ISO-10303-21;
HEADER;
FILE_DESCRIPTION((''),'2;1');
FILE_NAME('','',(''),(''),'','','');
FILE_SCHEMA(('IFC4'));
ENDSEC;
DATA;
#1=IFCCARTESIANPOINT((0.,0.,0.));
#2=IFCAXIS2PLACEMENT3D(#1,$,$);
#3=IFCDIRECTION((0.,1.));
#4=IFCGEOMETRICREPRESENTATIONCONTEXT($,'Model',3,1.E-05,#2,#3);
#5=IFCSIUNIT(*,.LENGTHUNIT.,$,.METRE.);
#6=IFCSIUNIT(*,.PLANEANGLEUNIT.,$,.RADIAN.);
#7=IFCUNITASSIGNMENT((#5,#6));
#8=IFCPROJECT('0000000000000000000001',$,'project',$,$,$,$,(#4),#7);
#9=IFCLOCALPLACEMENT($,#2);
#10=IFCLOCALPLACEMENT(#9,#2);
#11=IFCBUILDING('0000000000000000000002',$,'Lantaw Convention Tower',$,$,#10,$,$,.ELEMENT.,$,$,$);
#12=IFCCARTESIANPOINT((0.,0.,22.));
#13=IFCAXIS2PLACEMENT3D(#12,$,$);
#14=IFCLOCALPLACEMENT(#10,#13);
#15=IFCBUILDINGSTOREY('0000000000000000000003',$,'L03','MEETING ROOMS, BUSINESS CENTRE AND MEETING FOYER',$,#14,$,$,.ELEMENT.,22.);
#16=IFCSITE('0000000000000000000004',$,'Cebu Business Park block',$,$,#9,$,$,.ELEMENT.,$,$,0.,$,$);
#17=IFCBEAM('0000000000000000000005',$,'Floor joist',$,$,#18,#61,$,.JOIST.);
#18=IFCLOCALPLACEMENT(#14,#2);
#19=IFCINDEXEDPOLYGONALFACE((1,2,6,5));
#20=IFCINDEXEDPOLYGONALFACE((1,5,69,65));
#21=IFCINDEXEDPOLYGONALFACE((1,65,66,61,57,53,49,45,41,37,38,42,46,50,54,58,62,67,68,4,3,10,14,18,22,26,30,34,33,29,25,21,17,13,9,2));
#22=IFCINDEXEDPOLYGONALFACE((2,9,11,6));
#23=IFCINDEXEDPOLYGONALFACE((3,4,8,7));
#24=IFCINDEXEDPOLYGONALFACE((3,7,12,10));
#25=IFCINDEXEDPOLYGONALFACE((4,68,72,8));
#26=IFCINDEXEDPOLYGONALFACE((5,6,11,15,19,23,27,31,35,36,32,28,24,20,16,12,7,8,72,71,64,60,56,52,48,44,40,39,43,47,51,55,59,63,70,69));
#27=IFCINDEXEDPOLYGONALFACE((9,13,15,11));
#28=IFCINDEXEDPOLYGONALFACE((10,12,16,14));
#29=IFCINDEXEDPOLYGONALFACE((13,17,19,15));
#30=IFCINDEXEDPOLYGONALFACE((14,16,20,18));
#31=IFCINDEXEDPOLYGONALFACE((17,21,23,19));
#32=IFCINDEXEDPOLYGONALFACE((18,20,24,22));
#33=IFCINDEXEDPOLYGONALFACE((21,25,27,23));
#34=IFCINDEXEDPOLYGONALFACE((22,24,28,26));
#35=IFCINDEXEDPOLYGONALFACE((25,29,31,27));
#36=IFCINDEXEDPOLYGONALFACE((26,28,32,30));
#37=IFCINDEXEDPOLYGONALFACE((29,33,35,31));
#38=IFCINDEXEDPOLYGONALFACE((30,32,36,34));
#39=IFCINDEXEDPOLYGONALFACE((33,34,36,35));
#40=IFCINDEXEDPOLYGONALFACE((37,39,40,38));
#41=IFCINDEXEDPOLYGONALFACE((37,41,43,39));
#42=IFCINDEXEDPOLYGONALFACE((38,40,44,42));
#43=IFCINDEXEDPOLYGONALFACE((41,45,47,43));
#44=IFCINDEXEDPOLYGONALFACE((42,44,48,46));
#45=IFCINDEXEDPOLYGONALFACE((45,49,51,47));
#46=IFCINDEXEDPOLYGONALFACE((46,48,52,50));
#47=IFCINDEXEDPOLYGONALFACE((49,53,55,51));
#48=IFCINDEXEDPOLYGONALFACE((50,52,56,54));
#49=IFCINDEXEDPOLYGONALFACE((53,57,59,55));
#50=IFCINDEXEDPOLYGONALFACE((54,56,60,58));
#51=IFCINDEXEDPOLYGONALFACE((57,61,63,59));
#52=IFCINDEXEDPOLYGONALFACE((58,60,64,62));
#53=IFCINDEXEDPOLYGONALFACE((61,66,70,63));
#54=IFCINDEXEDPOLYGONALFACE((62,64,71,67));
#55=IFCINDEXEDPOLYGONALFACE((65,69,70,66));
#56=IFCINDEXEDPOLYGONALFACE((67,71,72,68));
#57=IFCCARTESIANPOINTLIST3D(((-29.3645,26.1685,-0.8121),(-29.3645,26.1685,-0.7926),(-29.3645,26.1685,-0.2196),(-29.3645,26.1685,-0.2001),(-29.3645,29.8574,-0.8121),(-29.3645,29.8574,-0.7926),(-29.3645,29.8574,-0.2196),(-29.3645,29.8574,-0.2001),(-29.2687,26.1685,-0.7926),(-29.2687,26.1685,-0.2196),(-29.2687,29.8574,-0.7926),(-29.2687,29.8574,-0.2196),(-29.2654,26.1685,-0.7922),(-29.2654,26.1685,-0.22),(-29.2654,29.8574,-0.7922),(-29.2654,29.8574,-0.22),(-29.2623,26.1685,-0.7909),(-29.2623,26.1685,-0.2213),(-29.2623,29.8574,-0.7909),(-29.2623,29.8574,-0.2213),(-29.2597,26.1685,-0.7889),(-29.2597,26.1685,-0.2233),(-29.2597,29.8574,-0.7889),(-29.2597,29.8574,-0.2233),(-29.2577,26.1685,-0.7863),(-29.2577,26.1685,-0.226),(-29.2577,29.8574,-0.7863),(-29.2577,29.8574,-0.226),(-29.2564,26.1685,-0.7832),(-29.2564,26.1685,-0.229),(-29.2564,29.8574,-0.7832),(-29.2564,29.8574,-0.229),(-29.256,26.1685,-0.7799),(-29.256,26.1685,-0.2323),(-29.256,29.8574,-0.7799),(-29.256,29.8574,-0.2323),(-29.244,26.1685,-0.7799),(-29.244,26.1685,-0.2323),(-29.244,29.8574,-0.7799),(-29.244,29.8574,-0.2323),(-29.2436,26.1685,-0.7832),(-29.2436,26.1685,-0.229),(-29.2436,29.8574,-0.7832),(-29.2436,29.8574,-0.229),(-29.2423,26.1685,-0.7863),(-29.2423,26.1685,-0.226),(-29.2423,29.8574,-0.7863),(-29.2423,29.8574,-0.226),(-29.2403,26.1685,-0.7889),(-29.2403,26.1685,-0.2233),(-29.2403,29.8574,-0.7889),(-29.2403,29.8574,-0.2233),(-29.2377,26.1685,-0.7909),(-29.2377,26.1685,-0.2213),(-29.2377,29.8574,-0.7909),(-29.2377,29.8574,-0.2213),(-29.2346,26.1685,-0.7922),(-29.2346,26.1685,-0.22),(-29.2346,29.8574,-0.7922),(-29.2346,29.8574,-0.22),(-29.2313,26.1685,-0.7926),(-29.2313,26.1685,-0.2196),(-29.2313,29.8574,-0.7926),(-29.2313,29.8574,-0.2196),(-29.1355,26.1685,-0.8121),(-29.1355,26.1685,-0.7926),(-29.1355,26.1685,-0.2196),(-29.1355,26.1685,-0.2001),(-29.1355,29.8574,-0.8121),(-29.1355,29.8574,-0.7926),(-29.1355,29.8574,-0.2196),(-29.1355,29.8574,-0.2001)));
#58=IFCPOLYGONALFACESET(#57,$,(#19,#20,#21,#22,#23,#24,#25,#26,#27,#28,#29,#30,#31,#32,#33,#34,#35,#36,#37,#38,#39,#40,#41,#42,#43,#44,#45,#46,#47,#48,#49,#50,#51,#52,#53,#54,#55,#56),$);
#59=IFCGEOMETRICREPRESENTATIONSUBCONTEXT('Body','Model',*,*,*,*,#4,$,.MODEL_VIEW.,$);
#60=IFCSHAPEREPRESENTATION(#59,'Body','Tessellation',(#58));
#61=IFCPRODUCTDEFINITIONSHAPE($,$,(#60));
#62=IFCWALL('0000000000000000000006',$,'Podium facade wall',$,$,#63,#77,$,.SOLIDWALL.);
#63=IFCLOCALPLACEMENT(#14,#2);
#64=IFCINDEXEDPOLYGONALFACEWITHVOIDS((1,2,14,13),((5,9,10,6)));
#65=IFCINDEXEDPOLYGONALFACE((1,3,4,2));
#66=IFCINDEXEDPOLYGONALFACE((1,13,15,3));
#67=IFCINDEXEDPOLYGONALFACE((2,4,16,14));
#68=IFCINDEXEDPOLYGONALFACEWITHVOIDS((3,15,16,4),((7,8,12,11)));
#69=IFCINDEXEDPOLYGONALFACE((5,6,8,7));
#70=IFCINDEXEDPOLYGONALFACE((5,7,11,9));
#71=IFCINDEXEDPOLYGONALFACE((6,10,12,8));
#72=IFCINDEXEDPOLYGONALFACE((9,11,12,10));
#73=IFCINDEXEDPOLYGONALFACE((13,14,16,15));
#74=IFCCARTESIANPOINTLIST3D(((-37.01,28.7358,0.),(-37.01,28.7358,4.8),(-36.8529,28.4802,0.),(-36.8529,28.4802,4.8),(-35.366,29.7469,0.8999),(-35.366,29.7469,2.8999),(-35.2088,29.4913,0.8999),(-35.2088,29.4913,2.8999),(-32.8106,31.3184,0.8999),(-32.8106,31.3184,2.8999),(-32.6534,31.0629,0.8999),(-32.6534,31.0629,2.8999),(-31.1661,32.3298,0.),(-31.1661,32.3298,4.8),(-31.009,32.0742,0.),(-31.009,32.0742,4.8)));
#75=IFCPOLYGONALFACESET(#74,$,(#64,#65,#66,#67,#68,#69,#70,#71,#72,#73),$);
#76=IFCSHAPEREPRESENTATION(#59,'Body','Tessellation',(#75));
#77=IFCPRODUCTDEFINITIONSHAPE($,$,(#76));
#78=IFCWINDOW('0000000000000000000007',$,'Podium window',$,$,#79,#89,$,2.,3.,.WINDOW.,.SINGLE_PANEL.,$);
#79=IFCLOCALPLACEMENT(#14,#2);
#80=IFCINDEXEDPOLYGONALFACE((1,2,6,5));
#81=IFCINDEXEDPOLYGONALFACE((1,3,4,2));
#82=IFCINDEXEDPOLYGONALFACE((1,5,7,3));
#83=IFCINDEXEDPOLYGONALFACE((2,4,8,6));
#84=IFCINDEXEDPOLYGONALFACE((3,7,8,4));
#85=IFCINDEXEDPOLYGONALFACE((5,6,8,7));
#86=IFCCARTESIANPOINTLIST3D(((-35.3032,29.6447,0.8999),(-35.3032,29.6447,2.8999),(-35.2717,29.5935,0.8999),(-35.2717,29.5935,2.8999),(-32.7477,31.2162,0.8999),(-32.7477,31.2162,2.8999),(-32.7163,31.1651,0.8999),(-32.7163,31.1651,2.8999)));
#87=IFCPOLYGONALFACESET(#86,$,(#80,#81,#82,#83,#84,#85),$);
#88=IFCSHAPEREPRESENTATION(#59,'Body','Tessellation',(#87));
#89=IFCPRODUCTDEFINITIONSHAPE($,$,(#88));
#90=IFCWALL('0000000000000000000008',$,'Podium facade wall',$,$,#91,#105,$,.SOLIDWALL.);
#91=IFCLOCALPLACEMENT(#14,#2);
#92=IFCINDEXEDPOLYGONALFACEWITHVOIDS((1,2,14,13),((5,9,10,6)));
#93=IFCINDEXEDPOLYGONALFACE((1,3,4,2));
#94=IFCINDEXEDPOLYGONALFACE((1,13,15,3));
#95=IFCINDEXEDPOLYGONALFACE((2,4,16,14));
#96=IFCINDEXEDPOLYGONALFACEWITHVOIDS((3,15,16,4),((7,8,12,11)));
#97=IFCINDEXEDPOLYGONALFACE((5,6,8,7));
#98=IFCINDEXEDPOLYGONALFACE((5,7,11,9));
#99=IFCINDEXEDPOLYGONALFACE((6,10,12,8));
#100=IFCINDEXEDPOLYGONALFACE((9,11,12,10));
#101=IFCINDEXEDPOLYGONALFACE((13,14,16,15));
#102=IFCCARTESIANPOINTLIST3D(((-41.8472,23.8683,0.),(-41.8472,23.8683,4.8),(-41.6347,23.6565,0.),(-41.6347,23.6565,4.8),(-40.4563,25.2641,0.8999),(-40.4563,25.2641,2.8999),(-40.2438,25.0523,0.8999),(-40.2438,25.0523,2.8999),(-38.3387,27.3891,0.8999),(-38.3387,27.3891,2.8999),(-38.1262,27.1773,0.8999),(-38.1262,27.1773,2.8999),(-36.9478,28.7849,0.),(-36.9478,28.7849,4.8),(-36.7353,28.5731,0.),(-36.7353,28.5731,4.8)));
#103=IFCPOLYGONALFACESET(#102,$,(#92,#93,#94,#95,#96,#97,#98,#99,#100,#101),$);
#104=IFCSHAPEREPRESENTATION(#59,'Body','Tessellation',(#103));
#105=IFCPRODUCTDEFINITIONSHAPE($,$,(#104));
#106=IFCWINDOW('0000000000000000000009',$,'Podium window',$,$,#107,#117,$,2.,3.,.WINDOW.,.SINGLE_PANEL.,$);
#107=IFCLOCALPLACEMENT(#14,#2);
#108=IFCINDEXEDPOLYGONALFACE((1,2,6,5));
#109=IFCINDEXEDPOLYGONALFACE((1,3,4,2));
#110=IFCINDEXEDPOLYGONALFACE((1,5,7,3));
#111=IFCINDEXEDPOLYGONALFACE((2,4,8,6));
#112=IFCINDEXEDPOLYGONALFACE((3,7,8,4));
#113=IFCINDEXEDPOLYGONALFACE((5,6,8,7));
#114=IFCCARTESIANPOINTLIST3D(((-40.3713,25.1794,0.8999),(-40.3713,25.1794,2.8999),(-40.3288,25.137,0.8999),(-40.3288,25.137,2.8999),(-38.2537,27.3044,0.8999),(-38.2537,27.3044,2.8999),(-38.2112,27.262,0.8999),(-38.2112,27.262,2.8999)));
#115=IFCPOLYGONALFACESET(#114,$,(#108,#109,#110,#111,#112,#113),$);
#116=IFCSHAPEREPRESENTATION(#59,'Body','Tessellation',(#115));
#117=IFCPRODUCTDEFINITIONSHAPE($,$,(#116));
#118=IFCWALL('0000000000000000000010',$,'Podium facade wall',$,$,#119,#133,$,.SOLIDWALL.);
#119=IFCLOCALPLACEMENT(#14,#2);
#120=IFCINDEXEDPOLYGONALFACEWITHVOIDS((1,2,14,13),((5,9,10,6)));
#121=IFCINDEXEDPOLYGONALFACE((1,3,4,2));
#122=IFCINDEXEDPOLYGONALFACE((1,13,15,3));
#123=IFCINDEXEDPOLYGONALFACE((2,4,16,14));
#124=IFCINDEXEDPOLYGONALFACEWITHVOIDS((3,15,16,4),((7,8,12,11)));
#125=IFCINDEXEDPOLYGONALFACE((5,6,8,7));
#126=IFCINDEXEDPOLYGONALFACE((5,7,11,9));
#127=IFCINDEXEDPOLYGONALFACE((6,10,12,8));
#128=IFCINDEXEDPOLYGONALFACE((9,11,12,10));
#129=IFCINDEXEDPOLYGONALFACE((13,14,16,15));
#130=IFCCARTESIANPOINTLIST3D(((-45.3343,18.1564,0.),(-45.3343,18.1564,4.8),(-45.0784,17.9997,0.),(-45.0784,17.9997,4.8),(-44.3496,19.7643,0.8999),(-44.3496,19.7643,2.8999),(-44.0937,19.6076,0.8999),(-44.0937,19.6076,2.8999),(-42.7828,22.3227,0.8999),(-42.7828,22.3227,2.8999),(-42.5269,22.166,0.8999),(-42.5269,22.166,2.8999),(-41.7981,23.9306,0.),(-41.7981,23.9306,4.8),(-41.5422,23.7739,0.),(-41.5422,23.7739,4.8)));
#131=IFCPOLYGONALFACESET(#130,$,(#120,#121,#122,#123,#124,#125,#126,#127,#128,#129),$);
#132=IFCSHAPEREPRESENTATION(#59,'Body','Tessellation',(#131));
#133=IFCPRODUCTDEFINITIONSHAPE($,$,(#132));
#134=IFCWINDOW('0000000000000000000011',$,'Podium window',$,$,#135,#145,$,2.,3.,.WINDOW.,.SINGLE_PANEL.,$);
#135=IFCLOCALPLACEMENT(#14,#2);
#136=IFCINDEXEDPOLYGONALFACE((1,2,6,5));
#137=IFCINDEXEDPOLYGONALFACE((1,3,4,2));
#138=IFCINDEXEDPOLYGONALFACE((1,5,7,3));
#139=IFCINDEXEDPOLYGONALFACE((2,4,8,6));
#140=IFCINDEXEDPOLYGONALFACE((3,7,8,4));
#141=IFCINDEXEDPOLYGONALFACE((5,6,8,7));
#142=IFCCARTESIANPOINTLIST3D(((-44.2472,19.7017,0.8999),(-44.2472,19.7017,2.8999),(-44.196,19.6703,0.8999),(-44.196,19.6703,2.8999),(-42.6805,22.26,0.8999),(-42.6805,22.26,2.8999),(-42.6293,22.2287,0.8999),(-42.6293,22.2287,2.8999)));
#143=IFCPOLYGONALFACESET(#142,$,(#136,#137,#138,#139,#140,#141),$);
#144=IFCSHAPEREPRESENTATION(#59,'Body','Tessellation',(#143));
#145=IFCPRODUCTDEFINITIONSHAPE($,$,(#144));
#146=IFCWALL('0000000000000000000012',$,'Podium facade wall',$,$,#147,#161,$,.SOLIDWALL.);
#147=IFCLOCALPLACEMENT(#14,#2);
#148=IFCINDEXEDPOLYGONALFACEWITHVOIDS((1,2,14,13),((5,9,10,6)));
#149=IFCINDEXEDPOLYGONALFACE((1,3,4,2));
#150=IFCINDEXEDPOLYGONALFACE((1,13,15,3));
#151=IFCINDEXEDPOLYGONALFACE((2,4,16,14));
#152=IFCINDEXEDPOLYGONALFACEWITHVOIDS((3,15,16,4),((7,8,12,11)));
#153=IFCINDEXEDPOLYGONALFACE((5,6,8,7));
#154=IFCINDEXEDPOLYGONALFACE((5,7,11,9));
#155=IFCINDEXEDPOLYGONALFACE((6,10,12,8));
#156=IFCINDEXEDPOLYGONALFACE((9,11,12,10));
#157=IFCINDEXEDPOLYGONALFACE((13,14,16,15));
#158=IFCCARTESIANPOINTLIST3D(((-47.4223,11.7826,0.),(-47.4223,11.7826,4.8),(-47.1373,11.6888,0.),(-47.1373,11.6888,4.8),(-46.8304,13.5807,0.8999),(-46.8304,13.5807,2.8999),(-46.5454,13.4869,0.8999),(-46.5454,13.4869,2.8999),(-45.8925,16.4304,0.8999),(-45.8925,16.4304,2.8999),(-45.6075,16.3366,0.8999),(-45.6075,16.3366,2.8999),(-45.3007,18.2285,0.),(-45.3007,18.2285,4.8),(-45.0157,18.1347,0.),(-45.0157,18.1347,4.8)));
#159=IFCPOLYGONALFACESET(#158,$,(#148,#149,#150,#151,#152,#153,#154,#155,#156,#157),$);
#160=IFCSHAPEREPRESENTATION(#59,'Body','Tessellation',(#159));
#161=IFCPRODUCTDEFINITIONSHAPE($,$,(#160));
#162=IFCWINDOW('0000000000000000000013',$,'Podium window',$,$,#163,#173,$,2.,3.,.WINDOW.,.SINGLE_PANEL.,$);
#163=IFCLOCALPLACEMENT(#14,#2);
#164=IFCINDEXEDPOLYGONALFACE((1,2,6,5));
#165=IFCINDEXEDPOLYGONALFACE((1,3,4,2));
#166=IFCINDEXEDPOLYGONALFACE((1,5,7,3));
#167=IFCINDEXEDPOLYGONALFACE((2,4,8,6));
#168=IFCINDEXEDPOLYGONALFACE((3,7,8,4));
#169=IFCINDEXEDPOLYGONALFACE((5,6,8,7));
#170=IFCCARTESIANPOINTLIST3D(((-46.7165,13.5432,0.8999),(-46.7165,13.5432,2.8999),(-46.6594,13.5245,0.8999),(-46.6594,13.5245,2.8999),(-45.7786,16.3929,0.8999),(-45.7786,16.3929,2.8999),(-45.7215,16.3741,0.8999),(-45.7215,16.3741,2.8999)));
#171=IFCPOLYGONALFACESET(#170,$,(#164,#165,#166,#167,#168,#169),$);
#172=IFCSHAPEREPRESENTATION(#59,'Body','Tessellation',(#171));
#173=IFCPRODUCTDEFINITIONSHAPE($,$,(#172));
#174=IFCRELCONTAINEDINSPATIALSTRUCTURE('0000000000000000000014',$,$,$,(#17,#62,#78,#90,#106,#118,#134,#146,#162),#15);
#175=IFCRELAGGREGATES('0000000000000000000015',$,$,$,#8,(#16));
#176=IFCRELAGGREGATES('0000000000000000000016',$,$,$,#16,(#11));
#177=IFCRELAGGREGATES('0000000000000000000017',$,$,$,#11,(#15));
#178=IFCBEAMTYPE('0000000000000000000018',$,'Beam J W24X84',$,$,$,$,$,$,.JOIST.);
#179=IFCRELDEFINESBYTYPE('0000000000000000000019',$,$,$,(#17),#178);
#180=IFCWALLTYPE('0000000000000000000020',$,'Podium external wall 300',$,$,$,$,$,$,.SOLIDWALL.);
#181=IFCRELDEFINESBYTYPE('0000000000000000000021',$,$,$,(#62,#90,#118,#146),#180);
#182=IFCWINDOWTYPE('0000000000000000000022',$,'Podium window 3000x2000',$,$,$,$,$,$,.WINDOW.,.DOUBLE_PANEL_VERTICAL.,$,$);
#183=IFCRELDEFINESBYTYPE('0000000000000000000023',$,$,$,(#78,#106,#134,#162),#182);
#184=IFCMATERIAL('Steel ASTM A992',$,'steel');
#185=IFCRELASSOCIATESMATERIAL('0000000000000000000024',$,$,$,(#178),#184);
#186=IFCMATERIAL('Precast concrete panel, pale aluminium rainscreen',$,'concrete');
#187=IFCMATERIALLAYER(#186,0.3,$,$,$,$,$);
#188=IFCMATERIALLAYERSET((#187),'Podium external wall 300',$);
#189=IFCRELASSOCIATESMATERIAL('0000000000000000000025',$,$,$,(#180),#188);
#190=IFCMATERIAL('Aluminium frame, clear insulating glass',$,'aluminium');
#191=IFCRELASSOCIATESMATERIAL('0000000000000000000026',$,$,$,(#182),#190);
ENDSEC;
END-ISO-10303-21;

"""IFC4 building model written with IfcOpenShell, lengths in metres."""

from ifc_helpers import new_model, si_unit, direction, frame, frame_2d, origin, origin_2d, place, context, subcontext, project, spatial, rectangle, i_section, extrude, material, layer, layer_set, material_profile, profile_set, type_object, element, fill, save


model = new_model("IFC4")

# Units and contexts
model_context = context("Model", 3, precision=1e-05, world=origin(), true_north=direction((0.0, 1.0)))
body_context = subcontext(model_context, "Body", "Model", "MODEL_VIEW")
ifc_project = project(units=[si_unit("LENGTHUNIT", "METRE"), si_unit("PLANEANGLEUNIT", "RADIAN")], contexts=[model_context])

# Site, building, storey
site_placement = place(None, origin())
site = spatial("IfcSite", under=ifc_project, at=site_placement, Name="Cebu Business Park block", CompositionType="ELEMENT", RefElevation=0.0)
building_placement = place(site_placement, origin())
building = spatial("IfcBuilding", under=site, at=building_placement, Name="Lantaw Convention Tower", CompositionType="ELEMENT")
storey_placement = place(building_placement, frame((0.0, 0.0, 22.0)))
storey = spatial("IfcBuildingStorey", under=building, at=storey_placement, Name="L03", Description="MEETING ROOMS, BUSINESS CENTRE AND MEETING FOYER", CompositionType="ELEMENT", Elevation=22.0)

# Beam
ifc_material_1 = material(Name="Steel ASTM A992", Category="steel")
ifc_material_profile_1 = material_profile(ifc_material_1, i_section(OverallWidth=0.229, OverallDepth=0.6121, WebThickness=0.012, FlangeThickness=0.0195, FilletRadius=0.0127, at=origin_2d()), Name="W24X84")
ifc_profile_set_1 = profile_set([ifc_material_profile_1], Name="Steel ASTM A992")
beam_type_1 = type_object("IfcBeamType", Name="Beam J W24X84", PredefinedType="JOIST", material=ifc_profile_set_1)
beam_1_placement = place(storey_placement, frame((-29.25, 26.1685, -0.5061), z_axis=(0.0, 1.0, 0.0), x_axis=(-1.0, 0.0, 0.0)))
element("IfcBeam", 1, at=beam_1_placement, inside=storey, type_object=beam_type_1, Name="Floor joist", PredefinedType="JOIST", context=body_context, shape_type="SweptSolid", body=[
    extrude(i_section(OverallWidth=0.229, OverallDepth=0.6121, WebThickness=0.012, FlangeThickness=0.0195, FilletRadius=0.0127, at=origin_2d()), origin(), (0.0, 0.0, 1.0), 3.689),
])

# Walls, openings, windows
ifc_material_2 = material(Name="Precast concrete panel, pale aluminium rainscreen", Category="concrete")
ifc_layer_1 = layer(ifc_material_2, 0.3)
ifc_layer_set_1 = layer_set([ifc_layer_1], Name="Podium external wall 300")
wall_type_1 = type_object("IfcWallType", Name="Podium external wall 300", PredefinedType="SOLIDWALL", material=ifc_layer_set_1)
wall_1_placement = place(storey_placement, frame((-31.0876, 32.2019, 0.0), z_axis=(0.0, 0.0, 1.0), x_axis=(-0.851809, -0.523853, 0.0)))
wall_1 = element("IfcWall", 2, at=wall_1_placement, inside=storey, type_object=wall_type_1, Name="Podium facade wall", PredefinedType="SOLIDWALL", context=body_context, shape_type="SweptSolid", body=[
    extrude(rectangle(XDim=6.8606, YDim=0.3, at=frame_2d((3.4302, 0.0))), origin(), (0.0, 0.0, 1.0), 4.8),
])
opening_1_placement = place(wall_1_placement, frame((1.9304, 0.0, 0.8999)))
opening_1 = element("IfcOpeningElement", 3, at=opening_1_placement, cuts=wall_1, PredefinedType="OPENING", context=body_context, shape_type="SweptSolid", body=[
    extrude(rectangle(XDim=3.0, YDim=2.0, at=frame_2d((1.5, 1.0))), frame((0.0, 0.1599, 0.0), z_axis=(0.0, -1.0, 0.0), x_axis=(1.0, 0.0, 0.0)), (0.0, 0.0, 1.0), 0.3201),
])
ifc_material_3 = material(Name="Aluminium frame, clear insulating glass", Category="aluminium")
window_type = type_object("IfcWindowType", Name="Podium window 3000x2000", PartitioningType="DOUBLE_PANEL_VERTICAL", PredefinedType="WINDOW", material=ifc_material_3)
window_1_placement = place(opening_1_placement, origin())
window_1 = element("IfcWindow", 4, at=window_1_placement, inside=storey, type_object=window_type, Name="Podium window", OverallHeight=2.0, OverallWidth=3.0, PartitioningType="SINGLE_PANEL", PredefinedType="WINDOW", context=body_context, shape_type="SweptSolid", body=[
    extrude(rectangle(XDim=3.0, YDim=2.0, at=frame_2d((1.5, 1.0))), frame((0.0, 0.03, 0.0), z_axis=(0.0, -1.0, 0.0), x_axis=(1.0, 0.0, 0.0)), (0.0, 0.0, 1.0), 0.0601),
])
fill(opening_1, window_1)
wall_2_placement = place(storey_placement, frame((-36.8416, 28.679, 0.0), z_axis=(0.0, 0.0, 1.0), x_axis=(-0.705875, -0.708337, 0.0)))
wall_2 = element("IfcWall", 5, at=wall_2_placement, inside=storey, type_object=wall_type_1, Name="Podium facade wall", PredefinedType="SOLIDWALL", context=body_context, shape_type="SweptSolid", body=[
    extrude(rectangle(XDim=6.9409, YDim=0.3, at=frame_2d((3.4705, 0.0))), origin(), (0.0, 0.0, 1.0), 4.8),
])
opening_2_placement = place(wall_2_placement, frame((1.9705, 0.0, 0.8999)))
opening_2 = element("IfcOpeningElement", 6, at=opening_2_placement, cuts=wall_2, PredefinedType="OPENING", context=body_context, shape_type="SweptSolid", body=[
    extrude(rectangle(XDim=3.0, YDim=2.0, at=frame_2d((1.5, 1.0))), frame((0.0, 0.1599, 0.0), z_axis=(0.0, -1.0, 0.0), x_axis=(1.0, 0.0, 0.0)), (0.0, 0.0, 1.0), 0.3201),
])
window_2_placement = place(opening_2_placement, origin())
window_2 = element("IfcWindow", 7, at=window_2_placement, inside=storey, type_object=window_type, Name="Podium window", OverallHeight=2.0, OverallWidth=3.0, PartitioningType="SINGLE_PANEL", PredefinedType="WINDOW", context=body_context, shape_type="SweptSolid", body=[
    extrude(rectangle(XDim=3.0, YDim=2.0, at=frame_2d((1.5, 1.0))), frame((0.0, 0.03, 0.0), z_axis=(0.0, -1.0, 0.0), x_axis=(1.0, 0.0, 0.0)), (0.0, 0.0, 1.0), 0.0601),
])
fill(opening_2, window_2)
wall_3_placement = place(storey_placement, frame((-41.6702, 23.8523, 0.0), z_axis=(0.0, 0.0, 1.0), x_axis=(-0.522253, -0.85279, 0.0)))
wall_3 = element("IfcWall", 8, at=wall_3_placement, inside=storey, type_object=wall_type_1, Name="Podium facade wall", PredefinedType="SOLIDWALL", context=body_context, shape_type="SweptSolid", body=[
    extrude(rectangle(XDim=6.771, YDim=0.3, at=frame_2d((3.3855, 0.0))), origin(), (0.0, 0.0, 1.0), 4.8),
])
opening_3_placement = place(wall_3_placement, frame((1.8855, 0.0, 0.8999)))
opening_3 = element("IfcOpeningElement", 9, at=opening_3_placement, cuts=wall_3, PredefinedType="OPENING", context=body_context, shape_type="SweptSolid", body=[
    extrude(rectangle(XDim=3.0, YDim=2.0, at=frame_2d((1.5, 1.0))), frame((0.0, 0.1599, 0.0), z_axis=(0.0, -1.0, 0.0), x_axis=(1.0, 0.0, 0.0)), (0.0, 0.0, 1.0), 0.3201),
])
window_3_placement = place(opening_3_placement, origin())
window_3 = element("IfcWindow", 10, at=window_3_placement, inside=storey, type_object=window_type, Name="Podium window", OverallHeight=2.0, OverallWidth=3.0, PartitioningType="SINGLE_PANEL", PredefinedType="WINDOW", context=body_context, shape_type="SweptSolid", body=[
    extrude(rectangle(XDim=3.0, YDim=2.0, at=frame_2d((1.5, 1.0))), frame((0.0, 0.03, 0.0), z_axis=(0.0, -1.0, 0.0), x_axis=(1.0, 0.0, 0.0)), (0.0, 0.0, 1.0), 0.0601),
])
fill(opening_3, window_3)
wall_4_placement = place(storey_placement, frame((-45.1582, 18.1816, 0.0), z_axis=(0.0, 0.0, 1.0), x_axis=(-0.312631, -0.949874, 0.0)))
wall_4 = element("IfcWall", 11, at=wall_4_placement, inside=storey, type_object=wall_type_1, Name="Podium facade wall", PredefinedType="SOLIDWALL", context=body_context, shape_type="SweptSolid", body=[
    extrude(rectangle(XDim=6.7861, YDim=0.3, at=frame_2d((3.3931, 0.0))), origin(), (0.0, 0.0, 1.0), 4.8),
])
opening_4_placement = place(wall_4_placement, frame((1.8931, 0.0, 0.8999)))
opening_4 = element("IfcOpeningElement", 12, at=opening_4_placement, cuts=wall_4, PredefinedType="OPENING", context=body_context, shape_type="SweptSolid", body=[
    extrude(rectangle(XDim=3.0, YDim=2.0, at=frame_2d((1.5, 1.0))), frame((0.0, 0.1599, 0.0), z_axis=(0.0, -1.0, 0.0), x_axis=(1.0, 0.0, 0.0)), (0.0, 0.0, 1.0), 0.3201),
])
window_4_placement = place(opening_4_placement, origin())
window_4 = element("IfcWindow", 13, at=window_4_placement, inside=storey, type_object=window_type, Name="Podium window", OverallHeight=2.0, OverallWidth=3.0, PartitioningType="SINGLE_PANEL", PredefinedType="WINDOW", context=body_context, shape_type="SweptSolid", body=[
    extrude(rectangle(XDim=3.0, YDim=2.0, at=frame_2d((1.5, 1.0))), frame((0.0, 0.03, 0.0), z_axis=(0.0, -1.0, 0.0), x_axis=(1.0, 0.0, 0.0)), (0.0, 0.0, 1.0), 0.0601),
])
fill(opening_4, window_4)

save(model, "model.ifc")
